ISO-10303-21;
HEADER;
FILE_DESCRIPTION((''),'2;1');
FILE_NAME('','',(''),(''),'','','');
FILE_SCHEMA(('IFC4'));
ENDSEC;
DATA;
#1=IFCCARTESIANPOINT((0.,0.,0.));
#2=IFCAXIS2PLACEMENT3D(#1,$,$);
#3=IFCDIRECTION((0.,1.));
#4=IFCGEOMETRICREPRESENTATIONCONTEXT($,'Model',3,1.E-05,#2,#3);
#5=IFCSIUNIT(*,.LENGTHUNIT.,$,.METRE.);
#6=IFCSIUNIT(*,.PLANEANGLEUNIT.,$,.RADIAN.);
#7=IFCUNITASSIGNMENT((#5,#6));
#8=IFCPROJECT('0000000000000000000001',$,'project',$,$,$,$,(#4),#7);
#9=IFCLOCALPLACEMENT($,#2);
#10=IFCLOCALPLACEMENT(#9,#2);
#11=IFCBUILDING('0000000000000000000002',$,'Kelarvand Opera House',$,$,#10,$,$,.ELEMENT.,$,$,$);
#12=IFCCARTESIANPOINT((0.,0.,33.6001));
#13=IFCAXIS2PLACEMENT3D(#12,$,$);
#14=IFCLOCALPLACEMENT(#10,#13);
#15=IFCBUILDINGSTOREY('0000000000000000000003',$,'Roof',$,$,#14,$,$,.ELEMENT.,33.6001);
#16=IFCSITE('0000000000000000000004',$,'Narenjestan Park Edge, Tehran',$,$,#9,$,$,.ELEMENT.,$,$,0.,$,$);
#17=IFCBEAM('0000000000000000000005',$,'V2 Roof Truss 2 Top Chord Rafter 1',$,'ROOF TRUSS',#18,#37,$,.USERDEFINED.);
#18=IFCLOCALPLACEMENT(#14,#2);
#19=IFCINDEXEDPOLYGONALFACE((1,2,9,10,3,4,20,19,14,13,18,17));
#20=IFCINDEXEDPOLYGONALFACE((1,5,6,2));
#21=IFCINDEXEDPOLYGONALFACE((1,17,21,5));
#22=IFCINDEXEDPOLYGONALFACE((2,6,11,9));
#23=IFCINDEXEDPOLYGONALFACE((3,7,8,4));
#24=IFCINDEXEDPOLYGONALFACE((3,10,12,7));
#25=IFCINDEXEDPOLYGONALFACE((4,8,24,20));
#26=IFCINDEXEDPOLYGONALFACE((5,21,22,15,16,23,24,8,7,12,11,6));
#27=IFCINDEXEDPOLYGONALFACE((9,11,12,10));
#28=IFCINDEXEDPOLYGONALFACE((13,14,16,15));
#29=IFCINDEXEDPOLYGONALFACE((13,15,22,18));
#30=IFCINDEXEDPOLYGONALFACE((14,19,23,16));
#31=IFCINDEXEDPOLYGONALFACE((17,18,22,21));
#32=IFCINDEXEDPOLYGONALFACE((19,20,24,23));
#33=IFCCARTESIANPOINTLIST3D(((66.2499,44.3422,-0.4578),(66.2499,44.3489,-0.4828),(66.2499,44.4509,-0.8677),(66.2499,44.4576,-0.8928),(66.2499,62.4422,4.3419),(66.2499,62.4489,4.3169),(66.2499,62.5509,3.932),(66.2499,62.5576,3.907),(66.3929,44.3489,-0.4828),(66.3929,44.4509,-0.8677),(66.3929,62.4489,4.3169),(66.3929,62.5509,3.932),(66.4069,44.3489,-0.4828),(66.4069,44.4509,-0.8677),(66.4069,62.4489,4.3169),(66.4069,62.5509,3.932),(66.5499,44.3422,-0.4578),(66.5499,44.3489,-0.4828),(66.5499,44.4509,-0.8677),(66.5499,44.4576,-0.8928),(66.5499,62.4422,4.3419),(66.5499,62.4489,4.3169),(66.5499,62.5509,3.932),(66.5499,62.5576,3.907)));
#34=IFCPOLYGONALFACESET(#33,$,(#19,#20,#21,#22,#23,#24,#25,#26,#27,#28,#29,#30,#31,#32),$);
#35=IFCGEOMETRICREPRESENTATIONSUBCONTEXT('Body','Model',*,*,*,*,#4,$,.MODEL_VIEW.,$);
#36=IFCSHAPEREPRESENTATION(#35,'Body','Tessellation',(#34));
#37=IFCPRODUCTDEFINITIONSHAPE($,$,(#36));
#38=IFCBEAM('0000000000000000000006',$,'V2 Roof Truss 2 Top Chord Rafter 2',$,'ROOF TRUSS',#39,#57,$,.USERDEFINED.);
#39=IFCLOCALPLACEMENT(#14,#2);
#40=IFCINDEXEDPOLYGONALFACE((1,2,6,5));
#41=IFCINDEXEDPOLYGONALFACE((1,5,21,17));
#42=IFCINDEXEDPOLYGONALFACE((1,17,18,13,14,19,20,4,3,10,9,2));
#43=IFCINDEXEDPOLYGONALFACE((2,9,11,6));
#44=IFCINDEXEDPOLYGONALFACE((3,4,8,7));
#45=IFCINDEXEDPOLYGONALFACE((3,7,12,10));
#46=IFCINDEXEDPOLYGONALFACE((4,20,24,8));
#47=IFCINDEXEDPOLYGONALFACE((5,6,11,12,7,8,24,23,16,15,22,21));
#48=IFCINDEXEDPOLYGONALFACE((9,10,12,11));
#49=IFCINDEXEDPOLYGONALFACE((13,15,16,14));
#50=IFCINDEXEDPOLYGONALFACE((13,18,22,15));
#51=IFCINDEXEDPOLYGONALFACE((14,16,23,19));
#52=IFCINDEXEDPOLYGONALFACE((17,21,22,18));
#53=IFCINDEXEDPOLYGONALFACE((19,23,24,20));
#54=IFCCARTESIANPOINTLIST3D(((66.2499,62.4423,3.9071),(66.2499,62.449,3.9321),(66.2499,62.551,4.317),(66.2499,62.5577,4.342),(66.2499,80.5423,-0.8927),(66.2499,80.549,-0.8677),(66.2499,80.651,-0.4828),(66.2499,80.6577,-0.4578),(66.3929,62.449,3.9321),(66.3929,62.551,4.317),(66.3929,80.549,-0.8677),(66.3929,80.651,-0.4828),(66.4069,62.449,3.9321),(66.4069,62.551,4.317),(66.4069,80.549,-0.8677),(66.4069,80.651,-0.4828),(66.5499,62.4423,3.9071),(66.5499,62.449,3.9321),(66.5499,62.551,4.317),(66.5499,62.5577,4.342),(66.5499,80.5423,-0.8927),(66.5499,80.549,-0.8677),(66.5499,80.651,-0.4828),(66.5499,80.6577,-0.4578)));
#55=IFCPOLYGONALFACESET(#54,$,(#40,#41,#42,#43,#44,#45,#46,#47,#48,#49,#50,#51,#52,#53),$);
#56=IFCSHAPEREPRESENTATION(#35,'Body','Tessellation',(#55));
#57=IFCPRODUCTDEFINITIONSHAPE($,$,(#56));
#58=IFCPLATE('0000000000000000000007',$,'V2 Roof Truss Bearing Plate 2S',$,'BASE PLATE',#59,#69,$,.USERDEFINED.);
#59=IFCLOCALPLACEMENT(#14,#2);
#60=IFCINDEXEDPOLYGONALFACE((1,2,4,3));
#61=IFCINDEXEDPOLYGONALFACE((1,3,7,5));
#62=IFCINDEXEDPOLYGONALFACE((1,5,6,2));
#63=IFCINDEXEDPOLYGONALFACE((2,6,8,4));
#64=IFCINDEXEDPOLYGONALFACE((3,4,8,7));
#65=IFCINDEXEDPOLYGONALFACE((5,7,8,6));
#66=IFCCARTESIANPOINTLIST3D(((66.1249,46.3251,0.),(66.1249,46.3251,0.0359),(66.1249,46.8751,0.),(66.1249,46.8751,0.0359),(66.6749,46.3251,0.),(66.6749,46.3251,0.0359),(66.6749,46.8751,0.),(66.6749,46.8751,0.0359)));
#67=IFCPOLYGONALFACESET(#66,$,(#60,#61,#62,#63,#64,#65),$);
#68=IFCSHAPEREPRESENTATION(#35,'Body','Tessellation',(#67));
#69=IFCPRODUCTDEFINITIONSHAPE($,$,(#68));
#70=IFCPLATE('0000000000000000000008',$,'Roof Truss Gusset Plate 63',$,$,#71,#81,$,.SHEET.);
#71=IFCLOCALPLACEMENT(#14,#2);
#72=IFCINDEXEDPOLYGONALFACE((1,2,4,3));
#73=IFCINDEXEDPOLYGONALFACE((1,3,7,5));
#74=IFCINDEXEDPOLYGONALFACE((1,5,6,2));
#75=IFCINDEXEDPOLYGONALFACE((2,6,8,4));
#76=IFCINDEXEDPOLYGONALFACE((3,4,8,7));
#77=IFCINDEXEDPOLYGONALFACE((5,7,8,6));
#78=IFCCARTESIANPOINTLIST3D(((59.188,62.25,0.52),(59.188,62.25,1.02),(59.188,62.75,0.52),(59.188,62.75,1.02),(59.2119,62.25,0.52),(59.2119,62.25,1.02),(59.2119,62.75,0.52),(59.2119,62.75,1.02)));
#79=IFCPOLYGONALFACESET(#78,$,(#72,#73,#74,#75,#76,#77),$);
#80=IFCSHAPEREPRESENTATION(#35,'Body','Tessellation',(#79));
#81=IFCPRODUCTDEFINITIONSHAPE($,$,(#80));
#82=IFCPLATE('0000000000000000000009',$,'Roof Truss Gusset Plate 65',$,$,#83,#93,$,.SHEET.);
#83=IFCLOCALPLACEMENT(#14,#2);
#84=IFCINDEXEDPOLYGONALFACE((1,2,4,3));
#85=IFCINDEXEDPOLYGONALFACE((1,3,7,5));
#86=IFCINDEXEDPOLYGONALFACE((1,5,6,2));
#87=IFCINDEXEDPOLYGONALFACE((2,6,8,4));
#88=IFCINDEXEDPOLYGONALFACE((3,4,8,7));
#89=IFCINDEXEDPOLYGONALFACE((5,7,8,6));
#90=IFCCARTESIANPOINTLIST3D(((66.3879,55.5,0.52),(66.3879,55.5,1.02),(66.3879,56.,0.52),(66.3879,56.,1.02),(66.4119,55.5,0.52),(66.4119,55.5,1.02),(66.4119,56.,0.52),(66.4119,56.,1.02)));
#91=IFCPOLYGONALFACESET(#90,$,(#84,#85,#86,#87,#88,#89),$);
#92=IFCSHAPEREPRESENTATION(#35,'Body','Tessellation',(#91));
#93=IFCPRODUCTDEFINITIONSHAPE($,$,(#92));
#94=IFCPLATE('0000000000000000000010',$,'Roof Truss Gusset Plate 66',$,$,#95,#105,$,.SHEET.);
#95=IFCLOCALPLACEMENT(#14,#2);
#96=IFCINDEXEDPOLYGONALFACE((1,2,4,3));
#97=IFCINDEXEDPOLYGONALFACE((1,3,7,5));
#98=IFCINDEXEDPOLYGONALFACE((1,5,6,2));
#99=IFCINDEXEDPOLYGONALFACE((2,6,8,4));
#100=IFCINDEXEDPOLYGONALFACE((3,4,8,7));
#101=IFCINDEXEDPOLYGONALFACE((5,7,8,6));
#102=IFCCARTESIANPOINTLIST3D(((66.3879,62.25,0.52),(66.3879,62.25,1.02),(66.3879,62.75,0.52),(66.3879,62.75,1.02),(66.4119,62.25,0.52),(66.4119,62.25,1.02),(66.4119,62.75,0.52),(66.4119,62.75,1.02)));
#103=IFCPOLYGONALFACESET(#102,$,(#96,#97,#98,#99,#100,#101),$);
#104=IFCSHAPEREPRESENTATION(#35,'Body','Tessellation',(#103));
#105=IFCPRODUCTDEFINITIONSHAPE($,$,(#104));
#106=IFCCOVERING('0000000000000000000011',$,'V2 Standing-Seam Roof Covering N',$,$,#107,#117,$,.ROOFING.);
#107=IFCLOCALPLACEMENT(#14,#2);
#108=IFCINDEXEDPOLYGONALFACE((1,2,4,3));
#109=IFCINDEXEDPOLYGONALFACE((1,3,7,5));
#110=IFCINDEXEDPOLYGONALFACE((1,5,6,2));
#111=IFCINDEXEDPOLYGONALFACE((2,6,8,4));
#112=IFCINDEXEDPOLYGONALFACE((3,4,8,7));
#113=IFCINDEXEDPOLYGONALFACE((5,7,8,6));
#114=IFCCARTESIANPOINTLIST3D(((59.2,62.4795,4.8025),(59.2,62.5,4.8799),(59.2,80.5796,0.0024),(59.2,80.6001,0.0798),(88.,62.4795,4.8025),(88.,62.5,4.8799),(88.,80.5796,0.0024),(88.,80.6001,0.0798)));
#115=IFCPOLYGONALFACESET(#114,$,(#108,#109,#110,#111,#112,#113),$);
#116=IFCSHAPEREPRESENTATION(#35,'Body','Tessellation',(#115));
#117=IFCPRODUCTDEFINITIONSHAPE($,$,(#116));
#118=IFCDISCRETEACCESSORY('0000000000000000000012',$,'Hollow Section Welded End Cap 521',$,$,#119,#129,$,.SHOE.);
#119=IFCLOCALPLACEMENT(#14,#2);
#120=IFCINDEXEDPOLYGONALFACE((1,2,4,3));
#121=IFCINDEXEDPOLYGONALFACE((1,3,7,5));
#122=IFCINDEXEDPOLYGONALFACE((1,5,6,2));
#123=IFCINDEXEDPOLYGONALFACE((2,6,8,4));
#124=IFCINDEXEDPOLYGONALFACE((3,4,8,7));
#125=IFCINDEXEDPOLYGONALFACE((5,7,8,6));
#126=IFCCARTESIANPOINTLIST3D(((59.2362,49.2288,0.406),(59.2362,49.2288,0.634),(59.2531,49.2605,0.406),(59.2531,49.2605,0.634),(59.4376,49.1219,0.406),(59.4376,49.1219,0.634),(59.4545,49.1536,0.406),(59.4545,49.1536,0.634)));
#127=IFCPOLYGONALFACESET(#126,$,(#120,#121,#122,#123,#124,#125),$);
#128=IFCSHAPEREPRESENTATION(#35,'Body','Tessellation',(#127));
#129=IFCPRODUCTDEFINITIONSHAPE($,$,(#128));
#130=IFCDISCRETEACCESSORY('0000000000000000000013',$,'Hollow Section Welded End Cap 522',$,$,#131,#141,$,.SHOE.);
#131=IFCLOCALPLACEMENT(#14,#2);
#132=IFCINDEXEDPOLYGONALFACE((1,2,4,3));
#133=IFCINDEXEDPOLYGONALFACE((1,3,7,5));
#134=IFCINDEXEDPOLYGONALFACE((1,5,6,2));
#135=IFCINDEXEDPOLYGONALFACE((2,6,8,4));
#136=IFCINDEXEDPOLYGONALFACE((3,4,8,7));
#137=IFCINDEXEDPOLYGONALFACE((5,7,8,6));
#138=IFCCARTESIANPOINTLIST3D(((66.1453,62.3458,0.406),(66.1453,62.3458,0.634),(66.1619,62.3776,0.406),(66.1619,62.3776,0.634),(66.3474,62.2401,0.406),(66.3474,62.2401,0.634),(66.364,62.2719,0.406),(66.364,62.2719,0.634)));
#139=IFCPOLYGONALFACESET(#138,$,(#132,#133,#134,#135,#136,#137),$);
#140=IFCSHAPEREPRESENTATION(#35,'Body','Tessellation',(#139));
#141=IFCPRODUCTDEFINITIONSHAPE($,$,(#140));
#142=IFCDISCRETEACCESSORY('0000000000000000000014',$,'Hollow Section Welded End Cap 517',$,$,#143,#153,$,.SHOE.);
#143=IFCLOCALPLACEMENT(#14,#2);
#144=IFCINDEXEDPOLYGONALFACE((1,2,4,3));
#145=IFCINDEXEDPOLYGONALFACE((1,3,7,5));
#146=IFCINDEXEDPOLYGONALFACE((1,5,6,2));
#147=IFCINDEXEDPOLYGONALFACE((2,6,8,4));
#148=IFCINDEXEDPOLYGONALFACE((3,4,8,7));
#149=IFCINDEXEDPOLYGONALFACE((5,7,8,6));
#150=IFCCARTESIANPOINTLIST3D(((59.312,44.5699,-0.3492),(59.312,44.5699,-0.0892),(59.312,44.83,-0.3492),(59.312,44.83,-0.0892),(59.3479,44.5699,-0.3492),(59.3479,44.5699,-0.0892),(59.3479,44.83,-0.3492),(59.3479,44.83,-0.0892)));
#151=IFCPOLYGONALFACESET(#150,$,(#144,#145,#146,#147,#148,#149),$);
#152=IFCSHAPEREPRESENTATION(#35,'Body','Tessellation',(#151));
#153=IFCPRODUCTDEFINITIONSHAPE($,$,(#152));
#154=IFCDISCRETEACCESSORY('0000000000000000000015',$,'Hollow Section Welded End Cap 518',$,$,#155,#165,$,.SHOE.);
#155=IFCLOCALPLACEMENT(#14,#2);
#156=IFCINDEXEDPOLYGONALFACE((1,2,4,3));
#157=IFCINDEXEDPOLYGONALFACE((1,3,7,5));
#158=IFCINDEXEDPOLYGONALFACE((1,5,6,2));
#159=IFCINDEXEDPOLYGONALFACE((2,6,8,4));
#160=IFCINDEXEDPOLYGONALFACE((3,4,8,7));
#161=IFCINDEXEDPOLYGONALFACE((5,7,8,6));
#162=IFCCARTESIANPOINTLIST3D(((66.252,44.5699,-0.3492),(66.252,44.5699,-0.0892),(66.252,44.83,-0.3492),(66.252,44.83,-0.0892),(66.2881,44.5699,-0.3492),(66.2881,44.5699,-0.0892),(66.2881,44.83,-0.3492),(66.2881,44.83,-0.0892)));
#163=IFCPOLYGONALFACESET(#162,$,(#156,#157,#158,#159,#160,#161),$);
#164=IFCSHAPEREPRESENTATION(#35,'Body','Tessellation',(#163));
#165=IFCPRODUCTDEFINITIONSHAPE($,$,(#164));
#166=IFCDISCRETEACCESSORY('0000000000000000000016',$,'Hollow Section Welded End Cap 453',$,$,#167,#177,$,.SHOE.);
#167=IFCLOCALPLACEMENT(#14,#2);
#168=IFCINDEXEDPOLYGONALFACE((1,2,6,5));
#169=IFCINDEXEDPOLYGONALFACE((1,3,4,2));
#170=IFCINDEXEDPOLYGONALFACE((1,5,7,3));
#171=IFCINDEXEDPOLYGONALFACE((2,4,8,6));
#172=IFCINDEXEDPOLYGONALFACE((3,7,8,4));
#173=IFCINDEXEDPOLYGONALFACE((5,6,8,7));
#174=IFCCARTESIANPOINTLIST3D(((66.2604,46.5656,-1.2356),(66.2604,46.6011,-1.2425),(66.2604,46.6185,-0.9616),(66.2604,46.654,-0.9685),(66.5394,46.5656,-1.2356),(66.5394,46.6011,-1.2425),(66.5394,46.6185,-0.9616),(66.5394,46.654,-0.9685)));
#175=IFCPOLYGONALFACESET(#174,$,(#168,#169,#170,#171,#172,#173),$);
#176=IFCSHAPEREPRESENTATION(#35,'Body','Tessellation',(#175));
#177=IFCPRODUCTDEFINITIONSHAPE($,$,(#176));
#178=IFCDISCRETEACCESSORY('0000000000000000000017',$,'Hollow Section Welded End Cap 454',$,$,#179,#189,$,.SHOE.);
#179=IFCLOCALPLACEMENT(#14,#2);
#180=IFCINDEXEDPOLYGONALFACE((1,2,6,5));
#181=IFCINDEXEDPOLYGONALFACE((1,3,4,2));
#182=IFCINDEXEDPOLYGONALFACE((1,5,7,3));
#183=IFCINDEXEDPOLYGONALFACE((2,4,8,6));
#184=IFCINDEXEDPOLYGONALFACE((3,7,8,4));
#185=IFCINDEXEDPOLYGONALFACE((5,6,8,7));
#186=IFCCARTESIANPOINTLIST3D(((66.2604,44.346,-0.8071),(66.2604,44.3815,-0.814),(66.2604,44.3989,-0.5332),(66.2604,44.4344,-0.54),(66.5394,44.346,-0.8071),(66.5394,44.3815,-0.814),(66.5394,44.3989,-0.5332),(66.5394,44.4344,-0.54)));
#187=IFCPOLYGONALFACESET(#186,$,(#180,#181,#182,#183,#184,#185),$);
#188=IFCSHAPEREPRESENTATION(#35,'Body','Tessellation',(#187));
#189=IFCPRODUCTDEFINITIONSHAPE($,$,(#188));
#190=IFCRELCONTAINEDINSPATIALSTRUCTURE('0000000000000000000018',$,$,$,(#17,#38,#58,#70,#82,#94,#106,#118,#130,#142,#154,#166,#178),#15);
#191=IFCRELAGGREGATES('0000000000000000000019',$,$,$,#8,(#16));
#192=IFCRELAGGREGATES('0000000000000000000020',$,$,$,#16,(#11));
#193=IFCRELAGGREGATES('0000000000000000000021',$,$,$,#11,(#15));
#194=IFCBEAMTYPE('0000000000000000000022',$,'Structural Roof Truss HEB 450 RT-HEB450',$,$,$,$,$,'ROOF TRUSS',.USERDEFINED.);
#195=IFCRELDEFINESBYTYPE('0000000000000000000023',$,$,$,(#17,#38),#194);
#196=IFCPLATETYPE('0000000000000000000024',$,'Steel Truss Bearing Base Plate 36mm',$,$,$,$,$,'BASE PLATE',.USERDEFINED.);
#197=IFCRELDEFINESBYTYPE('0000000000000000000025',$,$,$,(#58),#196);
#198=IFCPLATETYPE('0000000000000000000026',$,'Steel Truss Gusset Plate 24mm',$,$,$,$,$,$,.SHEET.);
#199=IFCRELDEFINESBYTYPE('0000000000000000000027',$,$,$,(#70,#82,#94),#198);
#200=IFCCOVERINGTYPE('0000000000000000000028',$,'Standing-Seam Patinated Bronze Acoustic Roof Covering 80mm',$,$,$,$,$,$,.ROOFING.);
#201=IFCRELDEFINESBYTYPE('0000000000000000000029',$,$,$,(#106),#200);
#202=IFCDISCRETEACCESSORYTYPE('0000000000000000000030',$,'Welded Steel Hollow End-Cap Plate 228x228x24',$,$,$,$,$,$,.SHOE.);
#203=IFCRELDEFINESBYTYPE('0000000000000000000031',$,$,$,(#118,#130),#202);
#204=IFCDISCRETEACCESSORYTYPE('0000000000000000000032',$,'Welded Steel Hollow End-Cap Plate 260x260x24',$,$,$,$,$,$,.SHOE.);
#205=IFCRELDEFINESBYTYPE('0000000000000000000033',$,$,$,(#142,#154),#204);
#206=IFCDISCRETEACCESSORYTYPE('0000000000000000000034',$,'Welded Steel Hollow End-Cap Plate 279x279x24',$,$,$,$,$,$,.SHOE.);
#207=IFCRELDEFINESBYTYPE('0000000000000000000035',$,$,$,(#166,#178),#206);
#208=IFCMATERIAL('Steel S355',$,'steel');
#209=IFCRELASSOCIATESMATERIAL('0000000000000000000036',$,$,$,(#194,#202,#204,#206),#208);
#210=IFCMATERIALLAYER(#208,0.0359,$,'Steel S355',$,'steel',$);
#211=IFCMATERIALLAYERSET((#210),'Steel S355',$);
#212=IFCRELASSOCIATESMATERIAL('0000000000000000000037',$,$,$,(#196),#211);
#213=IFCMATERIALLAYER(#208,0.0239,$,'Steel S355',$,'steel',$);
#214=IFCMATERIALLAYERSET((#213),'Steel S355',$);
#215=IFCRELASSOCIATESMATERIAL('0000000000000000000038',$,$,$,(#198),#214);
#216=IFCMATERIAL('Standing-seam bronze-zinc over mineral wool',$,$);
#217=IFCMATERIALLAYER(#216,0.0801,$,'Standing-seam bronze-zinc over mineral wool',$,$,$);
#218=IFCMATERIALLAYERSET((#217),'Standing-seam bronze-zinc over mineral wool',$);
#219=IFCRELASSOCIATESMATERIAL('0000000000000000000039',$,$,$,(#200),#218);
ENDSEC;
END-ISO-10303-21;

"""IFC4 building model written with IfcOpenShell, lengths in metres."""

from ifc_helpers import new_model, si_unit, direction, frame, origin, origin_2d, place, context, subcontext, project, spatial, polyline, rectangle, i_section, outline, extrude, material, layer, layer_set, material_profile, profile_set, type_object, element, save


model = new_model("IFC4")

# Units and contexts
model_context = context("Model", 3, precision=1e-05, world=origin(), true_north=direction((0.0, 1.0)))
body_context = subcontext(model_context, "Body", "Model", "MODEL_VIEW")
ifc_project = project(units=[si_unit("LENGTHUNIT", "METRE"), si_unit("PLANEANGLEUNIT", "RADIAN")], contexts=[model_context])

# Site, building, storey
site_placement = place(None, origin())
site = spatial("IfcSite", under=ifc_project, at=site_placement, Name="Narenjestan Park Edge, Tehran", CompositionType="ELEMENT", RefElevation=0.0)
building_placement = place(site_placement, origin())
building = spatial("IfcBuilding", under=site, at=building_placement, Name="Kelarvand Opera House", CompositionType="ELEMENT")
storey_placement = place(building_placement, frame((0.0, 0.0, 33.6001)))
storey = spatial("IfcBuildingStorey", under=building, at=storey_placement, Name="Roof", CompositionType="ELEMENT", Elevation=33.6001)

# Shared definitions
ifc_material_1 = material(Name="Steel S355", Category="steel")

# Beams
ifc_material_profile_1 = material_profile(ifc_material_1, i_section(OverallWidth=0.3, OverallDepth=0.45, WebThickness=0.0139, FlangeThickness=0.0259, at=origin_2d()), Name="HEB 450", Category="steel")
ifc_profile_set_1 = profile_set([ifc_material_profile_1], Name="Steel S355")
beam_type = type_object("IfcBeamType", Name="Structural Roof Truss HEB 450 RT-HEB450", ElementType="ROOF TRUSS", PredefinedType="USERDEFINED", material=ifc_profile_set_1)
for number, where, z_axis, x_axis, name in (
    (1, (66.3999, 44.3999, -0.6753), (0.0, 0.966591, 0.256322), (-1.0, 0.0, 0.0), "V2 Roof Truss 2 Top Chord Rafter 1"),
    (2, (66.3999, 62.5, 4.1245), (0.0, 0.966591, -0.256322), (-1.0, 0.0, 0.0), "V2 Roof Truss 2 Top Chord Rafter 2"),
):
    element("IfcBeam", number, at=place(storey_placement, frame(where, z_axis=z_axis, x_axis=x_axis)), inside=storey, type_object=beam_type, Name=name, ObjectType="ROOF TRUSS", PredefinedType="USERDEFINED", context=body_context, shape_type="SweptSolid", body=[
        extrude(i_section(OverallWidth=0.3, OverallDepth=0.45, WebThickness=0.0139, FlangeThickness=0.0259, at=origin_2d()), origin(), (0.0, 0.0, 1.0), 18.7256),
    ])

# Plates
ifc_layer_1 = layer(ifc_material_1, 0.0359, Name="Steel S355", Category="steel")
ifc_layer_set_1 = layer_set([ifc_layer_1], Name="Steel S355")
plate_type_1 = type_object("IfcPlateType", Name="Steel Truss Bearing Base Plate 36mm", ElementType="BASE PLATE", PredefinedType="USERDEFINED", material=ifc_layer_set_1)
plate_placement = place(storey_placement, frame((66.3999, 46.6001, 0.0), z_axis=(0.0, 0.0, 1.0), x_axis=(1.0, 0.0, 0.0)))
element("IfcPlate", 3, at=plate_placement, inside=storey, type_object=plate_type_1, Name="V2 Roof Truss Bearing Plate 2S", ObjectType="BASE PLATE", PredefinedType="USERDEFINED", context=body_context, shape_type="SweptSolid", body=[
    extrude(rectangle(XDim=0.55, YDim=0.55, at=origin_2d()), origin(), (0.0, 0.0, 1.0), 0.0359),
])
ifc_layer_2 = layer(ifc_material_1, 0.0239, Name="Steel S355", Category="steel")
ifc_layer_set_2 = layer_set([ifc_layer_2], Name="Steel S355")
plate_type_2 = type_object("IfcPlateType", Name="Steel Truss Gusset Plate 24mm", PredefinedType="SHEET", material=ifc_layer_set_2)
for number, where, z_axis, x_axis, name in (
    (4, (59.2, 62.5, 0.52), (0.0, 0.0, 1.0), (1.0, 0.0, 0.0), "Roof Truss Gusset Plate 63"),
    (5, (66.3999, 55.75, 0.52), (0.0, 0.0, 1.0), (1.0, 0.0, 0.0), "Roof Truss Gusset Plate 65"),
    (6, (66.3999, 62.5, 0.52), (0.0, 0.0, 1.0), (1.0, 0.0, 0.0), "Roof Truss Gusset Plate 66"),
):
    element("IfcPlate", number, at=place(storey_placement, frame(where, z_axis=z_axis, x_axis=x_axis)), inside=storey, type_object=plate_type_2, Name=name, PredefinedType="SHEET", context=body_context, shape_type="SweptSolid", body=[
        extrude(rectangle(XDim=0.0239, YDim=0.5, at=origin_2d()), origin(), (0.0, 0.0, 1.0), 0.5),
    ])

# Covering
ifc_material_2 = material(Name="Standing-seam bronze-zinc over mineral wool")
ifc_layer_3 = layer(ifc_material_2, 0.0801, Name="Standing-seam bronze-zinc over mineral wool")
ifc_layer_set_3 = layer_set([ifc_layer_3], Name="Standing-seam bronze-zinc over mineral wool")
covering_type = type_object("IfcCoveringType", Name="Standing-Seam Patinated Bronze Acoustic Roof Covering 80mm", PredefinedType="ROOFING", material=ifc_layer_set_3)
covering_placement = place(storey_placement, frame((59.2, 62.5, 4.8799), z_axis=(0.0, 0.256334, 0.966588), x_axis=(1.0, 0.0, 0.0)))
element("IfcCovering", 7, at=covering_placement, inside=storey, type_object=covering_type, Name="V2 Standing-Seam Roof Covering N", PredefinedType="ROOFING", context=body_context, shape_type="SweptSolid", body=[
    extrude(outline(polyline([(0.0, 0.0), (28.8, 0.0), (28.8, 18.7258), (0.0, 18.7258), (0.0, 0.0)])), origin(), (0.0, 0.0, -1.0), 0.0801),
])

# Discrete accessories
ifc_material_profile_2 = material_profile(ifc_material_1, rectangle(XDim=0.228, YDim=0.228, at=origin_2d()), Name="Welded Steel Hollow End-Cap Plate 228x228x24", Category="steel")
ifc_profile_set_2 = profile_set([ifc_material_profile_2], Name="Steel S355")
discrete_accessory_type_1 = type_object("IfcDiscreteAccessoryType", Name="Welded Steel Hollow End-Cap Plate 228x228x24", PredefinedType="SHOE", material=ifc_profile_set_2)
for number, where, z_axis, x_axis, name in (
    (8, (59.3538, 49.207, 0.52), (-0.468824, -0.883292, 0.0), (0.883292, -0.468824, 0.0), "Hollow Section Welded End Cap 521"),
    (9, (66.2463, 62.293, 0.52), (0.463498, 0.886098, 0.0), (-0.886098, 0.463498, 0.0), "Hollow Section Welded End Cap 522"),
):
    element("IfcDiscreteAccessory", number, at=place(storey_placement, frame(where, z_axis=z_axis, x_axis=x_axis)), inside=storey, type_object=discrete_accessory_type_1, Name=name, PredefinedType="SHOE", context=body_context, shape_type="SweptSolid", body=[
        extrude(rectangle(XDim=0.228, YDim=0.228, at=origin_2d()), origin(), (0.0, 0.0, 1.0), 0.0359),
    ])
ifc_material_profile_3 = material_profile(ifc_material_1, rectangle(XDim=0.26, YDim=0.26, at=origin_2d()), Name="Welded Steel Hollow End-Cap Plate 260x260x24", Category="steel")
ifc_profile_set_3 = profile_set([ifc_material_profile_3], Name="Steel S355")
discrete_accessory_type_2 = type_object("IfcDiscreteAccessoryType", Name="Welded Steel Hollow End-Cap Plate 260x260x24", PredefinedType="SHOE", material=ifc_profile_set_3)
discrete_accessory_1_placement = place(storey_placement, frame((59.3479, 44.7, -0.2192), z_axis=(-1.0, 0.0, 0.0), x_axis=(0.0, -1.0, 0.0)))
element("IfcDiscreteAccessory", 10, at=discrete_accessory_1_placement, inside=storey, type_object=discrete_accessory_type_2, Name="Hollow Section Welded End Cap 517", PredefinedType="SHOE", context=body_context, shape_type="SweptSolid", body=[
    extrude(rectangle(XDim=0.26, YDim=0.26, at=origin_2d()), origin(), (0.0, 0.0, 1.0), 0.0359),
])
discrete_accessory_2_placement = place(storey_placement, frame((66.252, 44.7, -0.2192), z_axis=(1.0, 0.0, 0.0), x_axis=(0.0, 1.0, 0.0)))
element("IfcDiscreteAccessory", 11, at=discrete_accessory_2_placement, inside=storey, type_object=discrete_accessory_type_2, Name="Hollow Section Welded End Cap 518", PredefinedType="SHOE", context=body_context, shape_type="SweptSolid", body=[
    extrude(rectangle(XDim=0.26, YDim=0.26, at=origin_2d()), origin(), (0.0, 0.0, 1.0), 0.0361),
])
ifc_material_profile_4 = material_profile(ifc_material_1, rectangle(XDim=0.2791, YDim=0.2791, at=origin_2d()), Name="Welded Steel Hollow End-Cap Plate 279x279x24", Category="steel")
ifc_profile_set_4 = profile_set([ifc_material_profile_4], Name="Steel S355")
discrete_accessory_type_3 = type_object("IfcDiscreteAccessoryType", Name="Welded Steel Hollow End-Cap Plate 279x279x24", PredefinedType="SHOE", material=ifc_profile_set_4)
for number, where, z_axis, x_axis, name in (
    (12, (66.3999, 46.592, -1.0986), (0.0, 0.981861, -0.189601), (-1.0, 0.0, 0.0), "Hollow Section Welded End Cap 453"),
    (13, (66.3999, 44.408, -0.677), (0.0, -0.981861, 0.189601), (1.0, 0.0, 0.0), "Hollow Section Welded End Cap 454"),
):
    element("IfcDiscreteAccessory", number, at=place(storey_placement, frame(where, z_axis=z_axis, x_axis=x_axis)), inside=storey, type_object=discrete_accessory_type_3, Name=name, PredefinedType="SHOE", context=body_context, shape_type="SweptSolid", body=[
        extrude(rectangle(XDim=0.2791, YDim=0.2791, at=origin_2d()), origin(), (0.0, 0.0, 1.0), 0.0361),
    ])

save(model, "model.ifc")
